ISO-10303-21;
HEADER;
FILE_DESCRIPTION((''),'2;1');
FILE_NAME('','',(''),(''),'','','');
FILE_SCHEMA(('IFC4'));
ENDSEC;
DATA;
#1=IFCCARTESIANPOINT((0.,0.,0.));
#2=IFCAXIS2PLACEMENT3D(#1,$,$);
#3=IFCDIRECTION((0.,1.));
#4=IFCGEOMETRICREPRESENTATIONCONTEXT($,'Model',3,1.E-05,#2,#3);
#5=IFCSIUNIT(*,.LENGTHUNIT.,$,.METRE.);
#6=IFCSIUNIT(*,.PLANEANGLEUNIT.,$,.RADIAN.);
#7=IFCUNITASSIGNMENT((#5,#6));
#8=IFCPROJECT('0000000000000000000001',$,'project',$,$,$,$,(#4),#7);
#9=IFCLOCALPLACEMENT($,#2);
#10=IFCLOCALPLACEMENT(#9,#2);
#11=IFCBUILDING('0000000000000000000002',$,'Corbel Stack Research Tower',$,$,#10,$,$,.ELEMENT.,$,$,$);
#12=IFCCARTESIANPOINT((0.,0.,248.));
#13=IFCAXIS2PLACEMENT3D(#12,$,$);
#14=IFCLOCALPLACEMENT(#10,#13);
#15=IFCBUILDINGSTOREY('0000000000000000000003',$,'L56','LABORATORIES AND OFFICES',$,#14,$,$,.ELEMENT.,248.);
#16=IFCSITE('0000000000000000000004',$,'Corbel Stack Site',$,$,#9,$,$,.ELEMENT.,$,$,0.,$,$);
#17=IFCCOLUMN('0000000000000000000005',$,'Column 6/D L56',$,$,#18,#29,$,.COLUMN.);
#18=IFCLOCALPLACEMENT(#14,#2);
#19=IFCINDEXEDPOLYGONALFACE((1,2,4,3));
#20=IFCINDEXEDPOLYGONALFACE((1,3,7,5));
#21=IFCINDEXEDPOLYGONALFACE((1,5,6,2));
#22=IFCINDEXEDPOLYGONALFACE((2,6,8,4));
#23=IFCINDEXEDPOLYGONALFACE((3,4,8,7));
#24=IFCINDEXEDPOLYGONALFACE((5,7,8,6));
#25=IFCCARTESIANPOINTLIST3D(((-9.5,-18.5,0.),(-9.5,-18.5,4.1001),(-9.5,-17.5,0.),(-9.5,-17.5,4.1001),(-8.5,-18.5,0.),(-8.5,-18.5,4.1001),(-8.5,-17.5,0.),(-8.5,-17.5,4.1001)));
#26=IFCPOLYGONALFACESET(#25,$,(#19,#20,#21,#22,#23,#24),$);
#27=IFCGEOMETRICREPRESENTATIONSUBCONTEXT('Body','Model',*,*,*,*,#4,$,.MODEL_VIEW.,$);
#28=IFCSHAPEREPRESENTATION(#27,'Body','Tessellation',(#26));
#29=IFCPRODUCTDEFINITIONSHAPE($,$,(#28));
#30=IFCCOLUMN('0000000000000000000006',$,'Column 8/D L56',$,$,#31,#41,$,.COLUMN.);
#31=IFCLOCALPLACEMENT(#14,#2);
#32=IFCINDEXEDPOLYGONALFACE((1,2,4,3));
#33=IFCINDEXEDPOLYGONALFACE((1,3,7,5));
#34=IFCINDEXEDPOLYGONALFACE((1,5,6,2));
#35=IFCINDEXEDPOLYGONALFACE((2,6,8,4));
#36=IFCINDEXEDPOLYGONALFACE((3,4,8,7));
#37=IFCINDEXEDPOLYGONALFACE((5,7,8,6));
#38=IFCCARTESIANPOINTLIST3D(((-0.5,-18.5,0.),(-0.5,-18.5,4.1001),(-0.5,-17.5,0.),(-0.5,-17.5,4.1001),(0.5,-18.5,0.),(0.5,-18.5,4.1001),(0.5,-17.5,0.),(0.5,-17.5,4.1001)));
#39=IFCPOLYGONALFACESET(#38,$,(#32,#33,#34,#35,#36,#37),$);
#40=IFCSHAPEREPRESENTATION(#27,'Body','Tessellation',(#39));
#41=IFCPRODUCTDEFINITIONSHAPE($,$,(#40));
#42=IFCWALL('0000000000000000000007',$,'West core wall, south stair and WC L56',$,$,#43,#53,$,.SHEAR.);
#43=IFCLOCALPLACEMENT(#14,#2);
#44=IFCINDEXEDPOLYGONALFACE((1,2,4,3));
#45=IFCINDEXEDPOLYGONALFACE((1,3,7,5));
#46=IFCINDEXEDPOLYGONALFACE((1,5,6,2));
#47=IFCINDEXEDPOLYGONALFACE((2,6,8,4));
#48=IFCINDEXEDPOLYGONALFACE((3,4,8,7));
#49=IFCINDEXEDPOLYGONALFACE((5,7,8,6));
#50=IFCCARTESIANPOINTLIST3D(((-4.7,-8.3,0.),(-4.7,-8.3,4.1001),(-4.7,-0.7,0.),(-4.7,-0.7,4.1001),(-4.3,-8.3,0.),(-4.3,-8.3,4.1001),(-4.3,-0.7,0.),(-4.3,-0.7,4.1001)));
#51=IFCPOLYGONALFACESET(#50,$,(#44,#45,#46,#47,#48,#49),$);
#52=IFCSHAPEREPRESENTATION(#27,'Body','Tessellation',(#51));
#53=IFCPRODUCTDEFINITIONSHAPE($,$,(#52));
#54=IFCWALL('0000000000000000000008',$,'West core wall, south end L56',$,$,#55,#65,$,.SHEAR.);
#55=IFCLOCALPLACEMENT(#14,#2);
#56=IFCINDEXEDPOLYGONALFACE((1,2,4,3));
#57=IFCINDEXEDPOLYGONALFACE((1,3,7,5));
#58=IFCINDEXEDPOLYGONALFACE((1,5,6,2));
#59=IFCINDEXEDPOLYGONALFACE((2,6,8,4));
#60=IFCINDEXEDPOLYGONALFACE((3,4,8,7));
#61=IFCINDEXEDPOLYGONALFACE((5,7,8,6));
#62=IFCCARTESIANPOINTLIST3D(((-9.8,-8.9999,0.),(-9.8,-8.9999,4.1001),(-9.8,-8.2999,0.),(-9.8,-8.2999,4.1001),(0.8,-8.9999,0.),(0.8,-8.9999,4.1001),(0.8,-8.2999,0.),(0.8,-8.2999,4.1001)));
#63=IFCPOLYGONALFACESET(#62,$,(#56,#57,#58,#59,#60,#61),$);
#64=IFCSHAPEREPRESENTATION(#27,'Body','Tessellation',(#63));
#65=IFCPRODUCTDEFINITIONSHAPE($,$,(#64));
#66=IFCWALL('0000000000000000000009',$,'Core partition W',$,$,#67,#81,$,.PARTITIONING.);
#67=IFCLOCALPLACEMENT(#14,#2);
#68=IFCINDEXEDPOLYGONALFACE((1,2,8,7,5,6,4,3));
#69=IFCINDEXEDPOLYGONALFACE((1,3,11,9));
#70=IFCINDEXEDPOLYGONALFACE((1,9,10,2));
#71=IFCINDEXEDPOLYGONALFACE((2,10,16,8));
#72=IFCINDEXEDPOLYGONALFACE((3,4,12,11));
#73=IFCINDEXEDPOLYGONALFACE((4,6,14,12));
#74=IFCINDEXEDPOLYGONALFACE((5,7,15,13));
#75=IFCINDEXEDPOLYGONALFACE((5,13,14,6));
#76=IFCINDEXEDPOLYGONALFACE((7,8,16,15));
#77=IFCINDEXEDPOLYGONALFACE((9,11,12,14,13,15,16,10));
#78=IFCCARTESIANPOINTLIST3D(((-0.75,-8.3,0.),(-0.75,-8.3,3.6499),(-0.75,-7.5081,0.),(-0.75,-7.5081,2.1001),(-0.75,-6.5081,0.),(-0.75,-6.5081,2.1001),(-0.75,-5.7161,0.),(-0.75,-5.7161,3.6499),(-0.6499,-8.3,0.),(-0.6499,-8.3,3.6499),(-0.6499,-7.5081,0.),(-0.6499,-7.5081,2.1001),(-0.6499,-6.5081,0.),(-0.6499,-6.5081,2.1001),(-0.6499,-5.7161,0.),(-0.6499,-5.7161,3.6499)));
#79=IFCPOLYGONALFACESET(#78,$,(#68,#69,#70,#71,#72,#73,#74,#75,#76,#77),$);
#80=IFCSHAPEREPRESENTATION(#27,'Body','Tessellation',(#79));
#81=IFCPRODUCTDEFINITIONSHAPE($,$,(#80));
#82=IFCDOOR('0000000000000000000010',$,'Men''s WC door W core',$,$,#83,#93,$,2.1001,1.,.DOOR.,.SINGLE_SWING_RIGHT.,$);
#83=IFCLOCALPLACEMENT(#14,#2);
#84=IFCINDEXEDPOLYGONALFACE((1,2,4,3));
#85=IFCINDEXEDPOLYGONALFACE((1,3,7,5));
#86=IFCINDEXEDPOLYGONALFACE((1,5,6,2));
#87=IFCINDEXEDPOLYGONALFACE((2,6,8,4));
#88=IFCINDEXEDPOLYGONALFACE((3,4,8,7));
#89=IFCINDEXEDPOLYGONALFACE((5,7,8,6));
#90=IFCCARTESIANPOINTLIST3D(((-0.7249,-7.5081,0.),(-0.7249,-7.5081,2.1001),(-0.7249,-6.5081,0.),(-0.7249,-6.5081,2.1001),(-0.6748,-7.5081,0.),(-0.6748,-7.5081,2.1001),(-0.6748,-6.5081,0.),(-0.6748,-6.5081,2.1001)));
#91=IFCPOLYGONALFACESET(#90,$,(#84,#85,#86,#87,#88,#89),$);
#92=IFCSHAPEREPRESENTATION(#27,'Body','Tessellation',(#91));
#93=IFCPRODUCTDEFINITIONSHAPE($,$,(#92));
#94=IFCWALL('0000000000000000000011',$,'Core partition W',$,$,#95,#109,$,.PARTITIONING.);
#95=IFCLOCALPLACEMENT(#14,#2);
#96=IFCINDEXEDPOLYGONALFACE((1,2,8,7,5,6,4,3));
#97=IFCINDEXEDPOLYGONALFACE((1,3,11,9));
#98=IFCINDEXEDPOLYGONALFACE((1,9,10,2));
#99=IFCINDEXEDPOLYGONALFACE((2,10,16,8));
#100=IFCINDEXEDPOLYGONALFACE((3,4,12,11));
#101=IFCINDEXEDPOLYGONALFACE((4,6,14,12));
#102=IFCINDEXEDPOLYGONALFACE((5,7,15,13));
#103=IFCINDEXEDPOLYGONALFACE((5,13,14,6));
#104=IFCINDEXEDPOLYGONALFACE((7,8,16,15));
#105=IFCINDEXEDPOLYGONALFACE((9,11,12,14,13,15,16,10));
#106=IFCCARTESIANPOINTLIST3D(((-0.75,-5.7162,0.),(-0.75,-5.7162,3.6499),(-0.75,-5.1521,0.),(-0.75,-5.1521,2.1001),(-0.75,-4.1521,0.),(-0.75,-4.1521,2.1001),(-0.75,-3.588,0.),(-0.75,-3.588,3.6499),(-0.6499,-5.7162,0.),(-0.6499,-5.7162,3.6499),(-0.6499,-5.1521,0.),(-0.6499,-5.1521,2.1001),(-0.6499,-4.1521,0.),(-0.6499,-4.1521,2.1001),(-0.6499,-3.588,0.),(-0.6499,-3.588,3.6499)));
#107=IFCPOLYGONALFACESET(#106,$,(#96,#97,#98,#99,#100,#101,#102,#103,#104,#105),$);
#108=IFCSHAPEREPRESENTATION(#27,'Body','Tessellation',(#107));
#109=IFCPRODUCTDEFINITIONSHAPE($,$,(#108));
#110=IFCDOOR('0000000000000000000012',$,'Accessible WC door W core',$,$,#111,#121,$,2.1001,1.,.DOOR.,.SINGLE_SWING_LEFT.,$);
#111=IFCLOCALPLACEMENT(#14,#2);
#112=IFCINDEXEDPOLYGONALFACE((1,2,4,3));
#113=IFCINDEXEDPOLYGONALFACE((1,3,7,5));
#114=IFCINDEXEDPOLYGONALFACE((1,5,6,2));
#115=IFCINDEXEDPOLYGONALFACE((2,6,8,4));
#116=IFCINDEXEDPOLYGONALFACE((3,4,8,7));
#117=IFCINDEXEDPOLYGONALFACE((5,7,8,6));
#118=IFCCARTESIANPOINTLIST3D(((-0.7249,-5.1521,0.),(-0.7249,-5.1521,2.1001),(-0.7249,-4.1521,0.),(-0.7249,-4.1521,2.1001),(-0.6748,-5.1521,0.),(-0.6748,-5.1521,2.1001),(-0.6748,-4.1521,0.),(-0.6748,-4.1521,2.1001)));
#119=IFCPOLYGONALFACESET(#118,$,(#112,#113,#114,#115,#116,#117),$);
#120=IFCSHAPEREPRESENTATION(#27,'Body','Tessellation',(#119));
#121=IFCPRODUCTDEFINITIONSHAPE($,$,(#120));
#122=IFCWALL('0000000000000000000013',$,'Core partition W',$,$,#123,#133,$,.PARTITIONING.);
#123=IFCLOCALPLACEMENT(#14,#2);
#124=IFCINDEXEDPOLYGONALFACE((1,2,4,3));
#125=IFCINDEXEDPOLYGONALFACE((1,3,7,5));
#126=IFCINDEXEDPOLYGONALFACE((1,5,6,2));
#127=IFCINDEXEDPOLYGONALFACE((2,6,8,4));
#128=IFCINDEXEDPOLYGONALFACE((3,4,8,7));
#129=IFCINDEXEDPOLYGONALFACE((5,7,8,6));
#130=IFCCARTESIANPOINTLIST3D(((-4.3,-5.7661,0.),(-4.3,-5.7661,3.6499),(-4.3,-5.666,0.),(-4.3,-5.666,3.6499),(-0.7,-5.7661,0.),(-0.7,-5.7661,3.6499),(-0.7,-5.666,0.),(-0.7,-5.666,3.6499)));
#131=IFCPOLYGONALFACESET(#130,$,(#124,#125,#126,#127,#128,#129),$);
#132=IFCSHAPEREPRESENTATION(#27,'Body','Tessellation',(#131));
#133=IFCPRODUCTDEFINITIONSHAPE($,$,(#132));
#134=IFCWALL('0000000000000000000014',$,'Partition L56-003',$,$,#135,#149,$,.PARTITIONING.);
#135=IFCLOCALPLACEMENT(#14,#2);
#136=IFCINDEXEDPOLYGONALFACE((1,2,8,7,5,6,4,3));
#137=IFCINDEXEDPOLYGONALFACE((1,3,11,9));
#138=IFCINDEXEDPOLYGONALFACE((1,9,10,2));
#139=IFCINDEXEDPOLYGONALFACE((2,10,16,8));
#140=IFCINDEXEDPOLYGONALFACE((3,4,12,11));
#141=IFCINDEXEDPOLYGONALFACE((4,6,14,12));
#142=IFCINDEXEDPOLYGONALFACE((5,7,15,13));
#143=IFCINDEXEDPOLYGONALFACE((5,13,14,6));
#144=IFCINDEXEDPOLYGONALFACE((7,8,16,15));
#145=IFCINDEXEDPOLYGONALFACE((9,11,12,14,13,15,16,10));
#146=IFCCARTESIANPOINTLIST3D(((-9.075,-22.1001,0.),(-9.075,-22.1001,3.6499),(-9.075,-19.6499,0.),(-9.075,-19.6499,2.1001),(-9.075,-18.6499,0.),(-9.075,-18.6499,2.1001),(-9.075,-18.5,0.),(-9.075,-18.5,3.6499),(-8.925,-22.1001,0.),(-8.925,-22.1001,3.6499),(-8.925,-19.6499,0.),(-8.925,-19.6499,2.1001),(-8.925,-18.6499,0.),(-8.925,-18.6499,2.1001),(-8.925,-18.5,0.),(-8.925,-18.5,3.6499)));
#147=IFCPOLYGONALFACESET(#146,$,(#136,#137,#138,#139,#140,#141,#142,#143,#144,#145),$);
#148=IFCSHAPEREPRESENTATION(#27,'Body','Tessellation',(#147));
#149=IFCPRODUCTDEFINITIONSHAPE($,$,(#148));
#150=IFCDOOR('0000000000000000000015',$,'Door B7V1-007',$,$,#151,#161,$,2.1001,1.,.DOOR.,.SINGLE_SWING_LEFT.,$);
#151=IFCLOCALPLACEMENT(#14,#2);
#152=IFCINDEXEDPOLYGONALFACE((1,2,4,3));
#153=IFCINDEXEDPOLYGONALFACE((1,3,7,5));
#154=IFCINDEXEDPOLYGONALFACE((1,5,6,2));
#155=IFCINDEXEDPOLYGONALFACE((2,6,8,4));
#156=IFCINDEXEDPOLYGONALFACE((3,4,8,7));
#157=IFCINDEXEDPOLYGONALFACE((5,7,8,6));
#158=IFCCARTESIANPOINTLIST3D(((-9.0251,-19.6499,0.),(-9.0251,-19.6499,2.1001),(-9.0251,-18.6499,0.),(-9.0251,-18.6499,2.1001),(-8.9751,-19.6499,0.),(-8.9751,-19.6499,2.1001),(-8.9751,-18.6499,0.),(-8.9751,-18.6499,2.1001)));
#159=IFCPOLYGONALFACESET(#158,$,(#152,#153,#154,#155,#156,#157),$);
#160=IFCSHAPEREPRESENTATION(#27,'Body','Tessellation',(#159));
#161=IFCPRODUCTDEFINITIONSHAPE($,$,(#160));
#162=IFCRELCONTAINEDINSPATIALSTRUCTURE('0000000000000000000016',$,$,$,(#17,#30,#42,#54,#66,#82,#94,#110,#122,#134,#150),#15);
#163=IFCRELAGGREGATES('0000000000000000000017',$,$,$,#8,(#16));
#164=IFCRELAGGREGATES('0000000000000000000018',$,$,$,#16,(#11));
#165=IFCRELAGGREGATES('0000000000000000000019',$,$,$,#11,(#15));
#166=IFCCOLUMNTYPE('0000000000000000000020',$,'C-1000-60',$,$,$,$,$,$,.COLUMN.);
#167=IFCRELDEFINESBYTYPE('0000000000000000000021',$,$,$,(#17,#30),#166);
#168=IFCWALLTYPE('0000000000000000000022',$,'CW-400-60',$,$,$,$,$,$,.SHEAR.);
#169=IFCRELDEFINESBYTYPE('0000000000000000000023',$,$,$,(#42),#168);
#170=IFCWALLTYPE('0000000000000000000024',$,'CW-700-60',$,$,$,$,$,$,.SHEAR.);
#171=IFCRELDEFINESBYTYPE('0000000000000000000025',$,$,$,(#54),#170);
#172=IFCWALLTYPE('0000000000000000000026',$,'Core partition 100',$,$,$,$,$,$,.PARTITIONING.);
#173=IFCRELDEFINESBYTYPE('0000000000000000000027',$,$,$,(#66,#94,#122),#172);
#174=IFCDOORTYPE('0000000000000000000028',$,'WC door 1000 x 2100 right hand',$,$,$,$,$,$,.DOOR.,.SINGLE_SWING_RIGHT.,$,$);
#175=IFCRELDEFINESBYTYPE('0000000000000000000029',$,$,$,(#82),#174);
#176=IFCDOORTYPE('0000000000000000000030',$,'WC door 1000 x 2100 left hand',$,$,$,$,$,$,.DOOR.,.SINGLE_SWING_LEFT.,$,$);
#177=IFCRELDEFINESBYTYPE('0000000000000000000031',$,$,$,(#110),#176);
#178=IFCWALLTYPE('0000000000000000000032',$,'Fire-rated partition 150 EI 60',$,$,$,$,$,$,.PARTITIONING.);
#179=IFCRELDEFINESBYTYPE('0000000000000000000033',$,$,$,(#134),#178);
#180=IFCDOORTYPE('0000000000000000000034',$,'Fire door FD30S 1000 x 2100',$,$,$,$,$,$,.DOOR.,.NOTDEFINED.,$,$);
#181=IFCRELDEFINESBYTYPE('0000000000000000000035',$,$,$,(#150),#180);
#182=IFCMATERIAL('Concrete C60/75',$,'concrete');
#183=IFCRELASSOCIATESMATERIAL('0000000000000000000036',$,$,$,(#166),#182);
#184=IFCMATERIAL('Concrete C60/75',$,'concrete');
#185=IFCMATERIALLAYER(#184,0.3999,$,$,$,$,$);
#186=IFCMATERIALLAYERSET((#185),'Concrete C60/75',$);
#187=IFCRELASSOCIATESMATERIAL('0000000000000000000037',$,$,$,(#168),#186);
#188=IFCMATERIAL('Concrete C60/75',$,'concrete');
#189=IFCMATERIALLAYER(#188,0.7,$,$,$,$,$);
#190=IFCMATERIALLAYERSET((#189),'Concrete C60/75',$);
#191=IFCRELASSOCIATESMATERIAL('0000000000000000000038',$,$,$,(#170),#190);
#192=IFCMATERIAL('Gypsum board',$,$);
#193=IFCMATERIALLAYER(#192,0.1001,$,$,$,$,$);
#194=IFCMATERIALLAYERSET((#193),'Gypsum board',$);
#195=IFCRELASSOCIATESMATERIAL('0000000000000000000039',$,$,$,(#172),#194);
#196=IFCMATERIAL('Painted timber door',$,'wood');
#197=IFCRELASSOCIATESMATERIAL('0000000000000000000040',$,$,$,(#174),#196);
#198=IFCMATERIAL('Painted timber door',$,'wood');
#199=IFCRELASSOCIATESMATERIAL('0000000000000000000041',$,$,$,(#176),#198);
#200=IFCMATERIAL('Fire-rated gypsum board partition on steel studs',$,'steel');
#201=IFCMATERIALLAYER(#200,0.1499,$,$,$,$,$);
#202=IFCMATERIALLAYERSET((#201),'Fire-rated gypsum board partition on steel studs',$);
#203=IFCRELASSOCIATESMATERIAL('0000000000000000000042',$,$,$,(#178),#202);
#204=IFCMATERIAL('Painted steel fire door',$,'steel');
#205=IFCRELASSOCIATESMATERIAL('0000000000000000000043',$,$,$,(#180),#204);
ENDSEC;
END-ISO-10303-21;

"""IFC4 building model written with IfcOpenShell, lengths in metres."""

from ifc_helpers import new_model, si_unit, direction, frame, frame_2d, origin, origin_2d, place, context, subcontext, project, spatial, rectangle, extrude, material, layer, layer_set, material_profile, profile_set, type_object, element, fill, save


model = new_model("IFC4")

# Units and contexts
model_context = context("Model", 3, precision=1e-05, world=origin(), true_north=direction((0.0, 1.0)))
body_context = subcontext(model_context, "Body", "Model", "MODEL_VIEW")
ifc_project = project(units=[si_unit("LENGTHUNIT", "METRE"), si_unit("PLANEANGLEUNIT", "RADIAN")], contexts=[model_context])

# Site, building, storey
site_placement = place(None, origin())
site = spatial("IfcSite", under=ifc_project, at=site_placement, Name="Corbel Stack Site", CompositionType="ELEMENT", RefElevation=0.0)
building_placement = place(site_placement, origin())
building = spatial("IfcBuilding", under=site, at=building_placement, Name="Corbel Stack Research Tower", CompositionType="ELEMENT")
storey_placement = place(building_placement, frame((0.0, 0.0, 248.0)))
storey = spatial("IfcBuildingStorey", under=building, at=storey_placement, Name="L56", Description="LABORATORIES AND OFFICES", CompositionType="ELEMENT", Elevation=248.0)

# Columns
ifc_material_1 = material(Name="Concrete C60/75", Category="concrete")
ifc_material_profile = material_profile(ifc_material_1, rectangle(XDim=1.0, YDim=1.0, at=origin_2d()), Name="RC 1000 x 1000")
ifc_profile_set = profile_set([ifc_material_profile], Name="Concrete C60/75")
column_type = type_object("IfcColumnType", Name="C-1000-60", PredefinedType="COLUMN", material=ifc_profile_set)
for number, where, z_axis, x_axis, name in (
    (1, (-9.0, -18.0, 0.0), (0.0, 0.0, 1.0), (1.0, 0.0, 0.0), "Column 6/D L56"),
    (2, (0.0, -18.0, 0.0), (0.0, 0.0, 1.0), (1.0, 0.0, 0.0), "Column 8/D L56"),
):
    element("IfcColumn", number, at=place(storey_placement, frame(where, z_axis=z_axis, x_axis=x_axis)), inside=storey, type_object=column_type, Name=name, PredefinedType="COLUMN", context=body_context, shape_type="SweptSolid", body=[
        extrude(rectangle(XDim=1.0, YDim=1.0, at=origin_2d()), origin(), (0.0, 0.0, 1.0), 4.1001),
    ])

# Wall
ifc_material_2 = material(Name="Concrete C60/75", Category="concrete")
ifc_layer_1 = layer(ifc_material_2, 0.3999)
ifc_layer_set_1 = layer_set([ifc_layer_1], Name="Concrete C60/75")
wall_type_1 = type_object("IfcWallType", Name="CW-400-60", PredefinedType="SHEAR", material=ifc_layer_set_1)
wall_1_placement = place(storey_placement, frame((-4.5, -8.3, 0.0), z_axis=(0.0, 0.0, 1.0), x_axis=(0.0, 1.0, 0.0)))
element("IfcWall", 3, at=wall_1_placement, inside=storey, type_object=wall_type_1, Name="West core wall, south stair and WC L56", PredefinedType="SHEAR", context=body_context, shape_type="SweptSolid", body=[
    extrude(rectangle(XDim=7.6001, YDim=0.3999, at=frame_2d((3.8, 0.0))), origin(), (0.0, 0.0, 1.0), 4.1001),
])

# Shared definitions
ifc_material_3 = material(Name="Concrete C60/75", Category="concrete")
ifc_layer_2 = layer(ifc_material_3, 0.7)
ifc_layer_set_2 = layer_set([ifc_layer_2], Name="Concrete C60/75")
wall_type_2 = type_object("IfcWallType", Name="CW-700-60", PredefinedType="SHEAR", material=ifc_layer_set_2)

# Wall
wall_2_placement = place(storey_placement, frame((-9.8, -8.6499, 0.0), z_axis=(0.0, 0.0, 1.0), x_axis=(1.0, 0.0, 0.0)))
element("IfcWall", 4, at=wall_2_placement, inside=storey, type_object=wall_type_2, Name="West core wall, south end L56", PredefinedType="SHEAR", context=body_context, shape_type="SweptSolid", body=[
    extrude(rectangle(XDim=10.6001, YDim=0.7, at=frame_2d((5.3, 0.0))), origin(), (0.0, 0.0, 1.0), 4.1001),
])

# Walls, openings, doors
ifc_material_4 = material(Name="Gypsum board")
ifc_layer_3 = layer(ifc_material_4, 0.1001)
ifc_layer_set_3 = layer_set([ifc_layer_3], Name="Gypsum board")
wall_type_3 = type_object("IfcWallType", Name="Core partition 100", PredefinedType="PARTITIONING", material=ifc_layer_set_3)
wall_3_placement = place(storey_placement, frame((-0.7, -8.3, 0.0), z_axis=(0.0, 0.0, 1.0), x_axis=(0.0, 1.0, 0.0)))
wall_3 = element("IfcWall", 5, at=wall_3_placement, inside=storey, type_object=wall_type_3, Name="Core partition W", PredefinedType="PARTITIONING", context=body_context, shape_type="SweptSolid", body=[
    extrude(rectangle(XDim=2.584, YDim=0.1001, at=frame_2d((1.292, 0.0))), origin(), (0.0, 0.0, 1.0), 3.6499),
])
opening_1_placement = place(wall_3_placement, frame((0.792, 0.0, 0.0)))
opening_1 = element("IfcOpeningElement", 6, at=opening_1_placement, cuts=wall_3, PredefinedType="OPENING", context=body_context, shape_type="SweptSolid", body=[
    extrude(rectangle(XDim=1.0, YDim=2.1001, at=frame_2d((0.5, 1.05))), frame((0.0, 0.0601, 0.0), z_axis=(0.0, -1.0, 0.0), x_axis=(1.0, 0.0, 0.0)), (0.0, 0.0, 1.0), 0.1201),
])
ifc_material_5 = material(Name="Painted timber door", Category="wood")
door_type_1 = type_object("IfcDoorType", Name="WC door 1000 x 2100 right hand", OperationType="SINGLE_SWING_RIGHT", PredefinedType="DOOR", material=ifc_material_5)
door_1_placement = place(opening_1_placement, origin())
door_1 = element("IfcDoor", 7, at=door_1_placement, inside=storey, type_object=door_type_1, Name="Men's WC door W core", OperationType="SINGLE_SWING_RIGHT", OverallHeight=2.1001, OverallWidth=1.0, PredefinedType="DOOR", context=body_context, shape_type="SweptSolid", body=[
    extrude(rectangle(XDim=1.0, YDim=2.1001, at=frame_2d((0.5, 1.05))), frame((0.0, 0.0249, 0.0), z_axis=(0.0, -1.0, 0.0), x_axis=(1.0, 0.0, 0.0)), (0.0, 0.0, 1.0), 0.05),
])
fill(opening_1, door_1)
wall_4_placement = place(storey_placement, frame((-0.7, -5.7161, 0.0), z_axis=(0.0, 0.0, 1.0), x_axis=(0.0, 1.0, 0.0)))
wall_4 = element("IfcWall", 8, at=wall_4_placement, inside=storey, type_object=wall_type_3, Name="Core partition W", PredefinedType="PARTITIONING", context=body_context, shape_type="SweptSolid", body=[
    extrude(rectangle(XDim=2.1282, YDim=0.1001, at=frame_2d((1.064, 0.0))), origin(), (0.0, 0.0, 1.0), 3.6499),
])
opening_2_placement = place(wall_4_placement, frame((0.564, 0.0, 0.0)))
opening_2 = element("IfcOpeningElement", 9, at=opening_2_placement, cuts=wall_4, PredefinedType="OPENING", context=body_context, shape_type="SweptSolid", body=[
    extrude(rectangle(XDim=1.0, YDim=2.1001, at=frame_2d((0.5, 1.05))), frame((0.0, 0.0601, 0.0), z_axis=(0.0, -1.0, 0.0), x_axis=(1.0, 0.0, 0.0)), (0.0, 0.0, 1.0), 0.1201),
])
ifc_material_6 = material(Name="Painted timber door", Category="wood")
door_type_2 = type_object("IfcDoorType", Name="WC door 1000 x 2100 left hand", OperationType="SINGLE_SWING_LEFT", PredefinedType="DOOR", material=ifc_material_6)
door_2_placement = place(opening_2_placement, origin())
door_2 = element("IfcDoor", 10, at=door_2_placement, inside=storey, type_object=door_type_2, Name="Accessible WC door W core", OperationType="SINGLE_SWING_LEFT", OverallHeight=2.1001, OverallWidth=1.0, PredefinedType="DOOR", context=body_context, shape_type="SweptSolid", body=[
    extrude(rectangle(XDim=1.0, YDim=2.1001, at=frame_2d((0.5, 1.05))), frame((0.0, 0.0249, 0.0), z_axis=(0.0, -1.0, 0.0), x_axis=(1.0, 0.0, 0.0)), (0.0, 0.0, 1.0), 0.05),
])
fill(opening_2, door_2)

# Wall
wall_5_placement = place(storey_placement, frame((-4.3, -5.7161, 0.0), z_axis=(0.0, 0.0, 1.0), x_axis=(1.0, 0.0, 0.0)))
element("IfcWall", 11, at=wall_5_placement, inside=storey, type_object=wall_type_3, Name="Core partition W", PredefinedType="PARTITIONING", context=body_context, shape_type="SweptSolid", body=[
    extrude(rectangle(XDim=3.6001, YDim=0.1001, at=frame_2d((1.8, 0.0))), origin(), (0.0, 0.0, 1.0), 3.6499),
])

# Wall, opening, door
ifc_material_7 = material(Name="Fire-rated gypsum board partition on steel studs", Category="steel")
ifc_layer_4 = layer(ifc_material_7, 0.1499)
ifc_layer_set_4 = layer_set([ifc_layer_4], Name="Fire-rated gypsum board partition on steel studs")
wall_type_4 = type_object("IfcWallType", Name="Fire-rated partition 150 EI 60", PredefinedType="PARTITIONING", material=ifc_layer_set_4)
wall_6_placement = place(storey_placement, frame((-9.0, -18.5, 0.0), z_axis=(0.0, 0.0, 1.0), x_axis=(0.0, -1.0, 0.0)))
wall_6 = element("IfcWall", 12, at=wall_6_placement, inside=storey, type_object=wall_type_4, Name="Partition L56-003", PredefinedType="PARTITIONING", context=body_context, shape_type="SweptSolid", body=[
    extrude(rectangle(XDim=3.6001, YDim=0.1499, at=frame_2d((1.8, 0.0))), origin(), (0.0, 0.0, 1.0), 3.6499),
])
opening_3_placement = place(wall_6_placement, frame((0.1499, 0.0, 0.0)))
opening_3 = element("IfcOpeningElement", 13, at=opening_3_placement, cuts=wall_6, PredefinedType="OPENING", context=body_context, shape_type="SweptSolid", body=[
    extrude(rectangle(XDim=1.0, YDim=2.1001, at=frame_2d((0.5, 1.05))), frame((0.0, 0.085, 0.0), z_axis=(0.0, -1.0, 0.0), x_axis=(1.0, 0.0, 0.0)), (0.0, 0.0, 1.0), 0.1699),
])
ifc_material_8 = material(Name="Painted steel fire door", Category="steel")
door_type_3 = type_object("IfcDoorType", Name="Fire door FD30S 1000 x 2100", OperationType="NOTDEFINED", PredefinedType="DOOR", material=ifc_material_8)
door_3_placement = place(opening_3_placement, origin())
door_3 = element("IfcDoor", 14, at=door_3_placement, inside=storey, type_object=door_type_3, Name="Door B7V1-007", OperationType="SINGLE_SWING_LEFT", OverallHeight=2.1001, OverallWidth=1.0, PredefinedType="DOOR", context=body_context, shape_type="SweptSolid", body=[
    extrude(rectangle(XDim=1.0, YDim=2.1001, at=frame_2d((0.5, 1.05))), frame((0.0, 0.0249, 0.0), z_axis=(0.0, -1.0, 0.0), x_axis=(1.0, 0.0, 0.0)), (0.0, 0.0, 1.0), 0.05),
])
fill(opening_3, door_3)

save(model, "model.ifc")
